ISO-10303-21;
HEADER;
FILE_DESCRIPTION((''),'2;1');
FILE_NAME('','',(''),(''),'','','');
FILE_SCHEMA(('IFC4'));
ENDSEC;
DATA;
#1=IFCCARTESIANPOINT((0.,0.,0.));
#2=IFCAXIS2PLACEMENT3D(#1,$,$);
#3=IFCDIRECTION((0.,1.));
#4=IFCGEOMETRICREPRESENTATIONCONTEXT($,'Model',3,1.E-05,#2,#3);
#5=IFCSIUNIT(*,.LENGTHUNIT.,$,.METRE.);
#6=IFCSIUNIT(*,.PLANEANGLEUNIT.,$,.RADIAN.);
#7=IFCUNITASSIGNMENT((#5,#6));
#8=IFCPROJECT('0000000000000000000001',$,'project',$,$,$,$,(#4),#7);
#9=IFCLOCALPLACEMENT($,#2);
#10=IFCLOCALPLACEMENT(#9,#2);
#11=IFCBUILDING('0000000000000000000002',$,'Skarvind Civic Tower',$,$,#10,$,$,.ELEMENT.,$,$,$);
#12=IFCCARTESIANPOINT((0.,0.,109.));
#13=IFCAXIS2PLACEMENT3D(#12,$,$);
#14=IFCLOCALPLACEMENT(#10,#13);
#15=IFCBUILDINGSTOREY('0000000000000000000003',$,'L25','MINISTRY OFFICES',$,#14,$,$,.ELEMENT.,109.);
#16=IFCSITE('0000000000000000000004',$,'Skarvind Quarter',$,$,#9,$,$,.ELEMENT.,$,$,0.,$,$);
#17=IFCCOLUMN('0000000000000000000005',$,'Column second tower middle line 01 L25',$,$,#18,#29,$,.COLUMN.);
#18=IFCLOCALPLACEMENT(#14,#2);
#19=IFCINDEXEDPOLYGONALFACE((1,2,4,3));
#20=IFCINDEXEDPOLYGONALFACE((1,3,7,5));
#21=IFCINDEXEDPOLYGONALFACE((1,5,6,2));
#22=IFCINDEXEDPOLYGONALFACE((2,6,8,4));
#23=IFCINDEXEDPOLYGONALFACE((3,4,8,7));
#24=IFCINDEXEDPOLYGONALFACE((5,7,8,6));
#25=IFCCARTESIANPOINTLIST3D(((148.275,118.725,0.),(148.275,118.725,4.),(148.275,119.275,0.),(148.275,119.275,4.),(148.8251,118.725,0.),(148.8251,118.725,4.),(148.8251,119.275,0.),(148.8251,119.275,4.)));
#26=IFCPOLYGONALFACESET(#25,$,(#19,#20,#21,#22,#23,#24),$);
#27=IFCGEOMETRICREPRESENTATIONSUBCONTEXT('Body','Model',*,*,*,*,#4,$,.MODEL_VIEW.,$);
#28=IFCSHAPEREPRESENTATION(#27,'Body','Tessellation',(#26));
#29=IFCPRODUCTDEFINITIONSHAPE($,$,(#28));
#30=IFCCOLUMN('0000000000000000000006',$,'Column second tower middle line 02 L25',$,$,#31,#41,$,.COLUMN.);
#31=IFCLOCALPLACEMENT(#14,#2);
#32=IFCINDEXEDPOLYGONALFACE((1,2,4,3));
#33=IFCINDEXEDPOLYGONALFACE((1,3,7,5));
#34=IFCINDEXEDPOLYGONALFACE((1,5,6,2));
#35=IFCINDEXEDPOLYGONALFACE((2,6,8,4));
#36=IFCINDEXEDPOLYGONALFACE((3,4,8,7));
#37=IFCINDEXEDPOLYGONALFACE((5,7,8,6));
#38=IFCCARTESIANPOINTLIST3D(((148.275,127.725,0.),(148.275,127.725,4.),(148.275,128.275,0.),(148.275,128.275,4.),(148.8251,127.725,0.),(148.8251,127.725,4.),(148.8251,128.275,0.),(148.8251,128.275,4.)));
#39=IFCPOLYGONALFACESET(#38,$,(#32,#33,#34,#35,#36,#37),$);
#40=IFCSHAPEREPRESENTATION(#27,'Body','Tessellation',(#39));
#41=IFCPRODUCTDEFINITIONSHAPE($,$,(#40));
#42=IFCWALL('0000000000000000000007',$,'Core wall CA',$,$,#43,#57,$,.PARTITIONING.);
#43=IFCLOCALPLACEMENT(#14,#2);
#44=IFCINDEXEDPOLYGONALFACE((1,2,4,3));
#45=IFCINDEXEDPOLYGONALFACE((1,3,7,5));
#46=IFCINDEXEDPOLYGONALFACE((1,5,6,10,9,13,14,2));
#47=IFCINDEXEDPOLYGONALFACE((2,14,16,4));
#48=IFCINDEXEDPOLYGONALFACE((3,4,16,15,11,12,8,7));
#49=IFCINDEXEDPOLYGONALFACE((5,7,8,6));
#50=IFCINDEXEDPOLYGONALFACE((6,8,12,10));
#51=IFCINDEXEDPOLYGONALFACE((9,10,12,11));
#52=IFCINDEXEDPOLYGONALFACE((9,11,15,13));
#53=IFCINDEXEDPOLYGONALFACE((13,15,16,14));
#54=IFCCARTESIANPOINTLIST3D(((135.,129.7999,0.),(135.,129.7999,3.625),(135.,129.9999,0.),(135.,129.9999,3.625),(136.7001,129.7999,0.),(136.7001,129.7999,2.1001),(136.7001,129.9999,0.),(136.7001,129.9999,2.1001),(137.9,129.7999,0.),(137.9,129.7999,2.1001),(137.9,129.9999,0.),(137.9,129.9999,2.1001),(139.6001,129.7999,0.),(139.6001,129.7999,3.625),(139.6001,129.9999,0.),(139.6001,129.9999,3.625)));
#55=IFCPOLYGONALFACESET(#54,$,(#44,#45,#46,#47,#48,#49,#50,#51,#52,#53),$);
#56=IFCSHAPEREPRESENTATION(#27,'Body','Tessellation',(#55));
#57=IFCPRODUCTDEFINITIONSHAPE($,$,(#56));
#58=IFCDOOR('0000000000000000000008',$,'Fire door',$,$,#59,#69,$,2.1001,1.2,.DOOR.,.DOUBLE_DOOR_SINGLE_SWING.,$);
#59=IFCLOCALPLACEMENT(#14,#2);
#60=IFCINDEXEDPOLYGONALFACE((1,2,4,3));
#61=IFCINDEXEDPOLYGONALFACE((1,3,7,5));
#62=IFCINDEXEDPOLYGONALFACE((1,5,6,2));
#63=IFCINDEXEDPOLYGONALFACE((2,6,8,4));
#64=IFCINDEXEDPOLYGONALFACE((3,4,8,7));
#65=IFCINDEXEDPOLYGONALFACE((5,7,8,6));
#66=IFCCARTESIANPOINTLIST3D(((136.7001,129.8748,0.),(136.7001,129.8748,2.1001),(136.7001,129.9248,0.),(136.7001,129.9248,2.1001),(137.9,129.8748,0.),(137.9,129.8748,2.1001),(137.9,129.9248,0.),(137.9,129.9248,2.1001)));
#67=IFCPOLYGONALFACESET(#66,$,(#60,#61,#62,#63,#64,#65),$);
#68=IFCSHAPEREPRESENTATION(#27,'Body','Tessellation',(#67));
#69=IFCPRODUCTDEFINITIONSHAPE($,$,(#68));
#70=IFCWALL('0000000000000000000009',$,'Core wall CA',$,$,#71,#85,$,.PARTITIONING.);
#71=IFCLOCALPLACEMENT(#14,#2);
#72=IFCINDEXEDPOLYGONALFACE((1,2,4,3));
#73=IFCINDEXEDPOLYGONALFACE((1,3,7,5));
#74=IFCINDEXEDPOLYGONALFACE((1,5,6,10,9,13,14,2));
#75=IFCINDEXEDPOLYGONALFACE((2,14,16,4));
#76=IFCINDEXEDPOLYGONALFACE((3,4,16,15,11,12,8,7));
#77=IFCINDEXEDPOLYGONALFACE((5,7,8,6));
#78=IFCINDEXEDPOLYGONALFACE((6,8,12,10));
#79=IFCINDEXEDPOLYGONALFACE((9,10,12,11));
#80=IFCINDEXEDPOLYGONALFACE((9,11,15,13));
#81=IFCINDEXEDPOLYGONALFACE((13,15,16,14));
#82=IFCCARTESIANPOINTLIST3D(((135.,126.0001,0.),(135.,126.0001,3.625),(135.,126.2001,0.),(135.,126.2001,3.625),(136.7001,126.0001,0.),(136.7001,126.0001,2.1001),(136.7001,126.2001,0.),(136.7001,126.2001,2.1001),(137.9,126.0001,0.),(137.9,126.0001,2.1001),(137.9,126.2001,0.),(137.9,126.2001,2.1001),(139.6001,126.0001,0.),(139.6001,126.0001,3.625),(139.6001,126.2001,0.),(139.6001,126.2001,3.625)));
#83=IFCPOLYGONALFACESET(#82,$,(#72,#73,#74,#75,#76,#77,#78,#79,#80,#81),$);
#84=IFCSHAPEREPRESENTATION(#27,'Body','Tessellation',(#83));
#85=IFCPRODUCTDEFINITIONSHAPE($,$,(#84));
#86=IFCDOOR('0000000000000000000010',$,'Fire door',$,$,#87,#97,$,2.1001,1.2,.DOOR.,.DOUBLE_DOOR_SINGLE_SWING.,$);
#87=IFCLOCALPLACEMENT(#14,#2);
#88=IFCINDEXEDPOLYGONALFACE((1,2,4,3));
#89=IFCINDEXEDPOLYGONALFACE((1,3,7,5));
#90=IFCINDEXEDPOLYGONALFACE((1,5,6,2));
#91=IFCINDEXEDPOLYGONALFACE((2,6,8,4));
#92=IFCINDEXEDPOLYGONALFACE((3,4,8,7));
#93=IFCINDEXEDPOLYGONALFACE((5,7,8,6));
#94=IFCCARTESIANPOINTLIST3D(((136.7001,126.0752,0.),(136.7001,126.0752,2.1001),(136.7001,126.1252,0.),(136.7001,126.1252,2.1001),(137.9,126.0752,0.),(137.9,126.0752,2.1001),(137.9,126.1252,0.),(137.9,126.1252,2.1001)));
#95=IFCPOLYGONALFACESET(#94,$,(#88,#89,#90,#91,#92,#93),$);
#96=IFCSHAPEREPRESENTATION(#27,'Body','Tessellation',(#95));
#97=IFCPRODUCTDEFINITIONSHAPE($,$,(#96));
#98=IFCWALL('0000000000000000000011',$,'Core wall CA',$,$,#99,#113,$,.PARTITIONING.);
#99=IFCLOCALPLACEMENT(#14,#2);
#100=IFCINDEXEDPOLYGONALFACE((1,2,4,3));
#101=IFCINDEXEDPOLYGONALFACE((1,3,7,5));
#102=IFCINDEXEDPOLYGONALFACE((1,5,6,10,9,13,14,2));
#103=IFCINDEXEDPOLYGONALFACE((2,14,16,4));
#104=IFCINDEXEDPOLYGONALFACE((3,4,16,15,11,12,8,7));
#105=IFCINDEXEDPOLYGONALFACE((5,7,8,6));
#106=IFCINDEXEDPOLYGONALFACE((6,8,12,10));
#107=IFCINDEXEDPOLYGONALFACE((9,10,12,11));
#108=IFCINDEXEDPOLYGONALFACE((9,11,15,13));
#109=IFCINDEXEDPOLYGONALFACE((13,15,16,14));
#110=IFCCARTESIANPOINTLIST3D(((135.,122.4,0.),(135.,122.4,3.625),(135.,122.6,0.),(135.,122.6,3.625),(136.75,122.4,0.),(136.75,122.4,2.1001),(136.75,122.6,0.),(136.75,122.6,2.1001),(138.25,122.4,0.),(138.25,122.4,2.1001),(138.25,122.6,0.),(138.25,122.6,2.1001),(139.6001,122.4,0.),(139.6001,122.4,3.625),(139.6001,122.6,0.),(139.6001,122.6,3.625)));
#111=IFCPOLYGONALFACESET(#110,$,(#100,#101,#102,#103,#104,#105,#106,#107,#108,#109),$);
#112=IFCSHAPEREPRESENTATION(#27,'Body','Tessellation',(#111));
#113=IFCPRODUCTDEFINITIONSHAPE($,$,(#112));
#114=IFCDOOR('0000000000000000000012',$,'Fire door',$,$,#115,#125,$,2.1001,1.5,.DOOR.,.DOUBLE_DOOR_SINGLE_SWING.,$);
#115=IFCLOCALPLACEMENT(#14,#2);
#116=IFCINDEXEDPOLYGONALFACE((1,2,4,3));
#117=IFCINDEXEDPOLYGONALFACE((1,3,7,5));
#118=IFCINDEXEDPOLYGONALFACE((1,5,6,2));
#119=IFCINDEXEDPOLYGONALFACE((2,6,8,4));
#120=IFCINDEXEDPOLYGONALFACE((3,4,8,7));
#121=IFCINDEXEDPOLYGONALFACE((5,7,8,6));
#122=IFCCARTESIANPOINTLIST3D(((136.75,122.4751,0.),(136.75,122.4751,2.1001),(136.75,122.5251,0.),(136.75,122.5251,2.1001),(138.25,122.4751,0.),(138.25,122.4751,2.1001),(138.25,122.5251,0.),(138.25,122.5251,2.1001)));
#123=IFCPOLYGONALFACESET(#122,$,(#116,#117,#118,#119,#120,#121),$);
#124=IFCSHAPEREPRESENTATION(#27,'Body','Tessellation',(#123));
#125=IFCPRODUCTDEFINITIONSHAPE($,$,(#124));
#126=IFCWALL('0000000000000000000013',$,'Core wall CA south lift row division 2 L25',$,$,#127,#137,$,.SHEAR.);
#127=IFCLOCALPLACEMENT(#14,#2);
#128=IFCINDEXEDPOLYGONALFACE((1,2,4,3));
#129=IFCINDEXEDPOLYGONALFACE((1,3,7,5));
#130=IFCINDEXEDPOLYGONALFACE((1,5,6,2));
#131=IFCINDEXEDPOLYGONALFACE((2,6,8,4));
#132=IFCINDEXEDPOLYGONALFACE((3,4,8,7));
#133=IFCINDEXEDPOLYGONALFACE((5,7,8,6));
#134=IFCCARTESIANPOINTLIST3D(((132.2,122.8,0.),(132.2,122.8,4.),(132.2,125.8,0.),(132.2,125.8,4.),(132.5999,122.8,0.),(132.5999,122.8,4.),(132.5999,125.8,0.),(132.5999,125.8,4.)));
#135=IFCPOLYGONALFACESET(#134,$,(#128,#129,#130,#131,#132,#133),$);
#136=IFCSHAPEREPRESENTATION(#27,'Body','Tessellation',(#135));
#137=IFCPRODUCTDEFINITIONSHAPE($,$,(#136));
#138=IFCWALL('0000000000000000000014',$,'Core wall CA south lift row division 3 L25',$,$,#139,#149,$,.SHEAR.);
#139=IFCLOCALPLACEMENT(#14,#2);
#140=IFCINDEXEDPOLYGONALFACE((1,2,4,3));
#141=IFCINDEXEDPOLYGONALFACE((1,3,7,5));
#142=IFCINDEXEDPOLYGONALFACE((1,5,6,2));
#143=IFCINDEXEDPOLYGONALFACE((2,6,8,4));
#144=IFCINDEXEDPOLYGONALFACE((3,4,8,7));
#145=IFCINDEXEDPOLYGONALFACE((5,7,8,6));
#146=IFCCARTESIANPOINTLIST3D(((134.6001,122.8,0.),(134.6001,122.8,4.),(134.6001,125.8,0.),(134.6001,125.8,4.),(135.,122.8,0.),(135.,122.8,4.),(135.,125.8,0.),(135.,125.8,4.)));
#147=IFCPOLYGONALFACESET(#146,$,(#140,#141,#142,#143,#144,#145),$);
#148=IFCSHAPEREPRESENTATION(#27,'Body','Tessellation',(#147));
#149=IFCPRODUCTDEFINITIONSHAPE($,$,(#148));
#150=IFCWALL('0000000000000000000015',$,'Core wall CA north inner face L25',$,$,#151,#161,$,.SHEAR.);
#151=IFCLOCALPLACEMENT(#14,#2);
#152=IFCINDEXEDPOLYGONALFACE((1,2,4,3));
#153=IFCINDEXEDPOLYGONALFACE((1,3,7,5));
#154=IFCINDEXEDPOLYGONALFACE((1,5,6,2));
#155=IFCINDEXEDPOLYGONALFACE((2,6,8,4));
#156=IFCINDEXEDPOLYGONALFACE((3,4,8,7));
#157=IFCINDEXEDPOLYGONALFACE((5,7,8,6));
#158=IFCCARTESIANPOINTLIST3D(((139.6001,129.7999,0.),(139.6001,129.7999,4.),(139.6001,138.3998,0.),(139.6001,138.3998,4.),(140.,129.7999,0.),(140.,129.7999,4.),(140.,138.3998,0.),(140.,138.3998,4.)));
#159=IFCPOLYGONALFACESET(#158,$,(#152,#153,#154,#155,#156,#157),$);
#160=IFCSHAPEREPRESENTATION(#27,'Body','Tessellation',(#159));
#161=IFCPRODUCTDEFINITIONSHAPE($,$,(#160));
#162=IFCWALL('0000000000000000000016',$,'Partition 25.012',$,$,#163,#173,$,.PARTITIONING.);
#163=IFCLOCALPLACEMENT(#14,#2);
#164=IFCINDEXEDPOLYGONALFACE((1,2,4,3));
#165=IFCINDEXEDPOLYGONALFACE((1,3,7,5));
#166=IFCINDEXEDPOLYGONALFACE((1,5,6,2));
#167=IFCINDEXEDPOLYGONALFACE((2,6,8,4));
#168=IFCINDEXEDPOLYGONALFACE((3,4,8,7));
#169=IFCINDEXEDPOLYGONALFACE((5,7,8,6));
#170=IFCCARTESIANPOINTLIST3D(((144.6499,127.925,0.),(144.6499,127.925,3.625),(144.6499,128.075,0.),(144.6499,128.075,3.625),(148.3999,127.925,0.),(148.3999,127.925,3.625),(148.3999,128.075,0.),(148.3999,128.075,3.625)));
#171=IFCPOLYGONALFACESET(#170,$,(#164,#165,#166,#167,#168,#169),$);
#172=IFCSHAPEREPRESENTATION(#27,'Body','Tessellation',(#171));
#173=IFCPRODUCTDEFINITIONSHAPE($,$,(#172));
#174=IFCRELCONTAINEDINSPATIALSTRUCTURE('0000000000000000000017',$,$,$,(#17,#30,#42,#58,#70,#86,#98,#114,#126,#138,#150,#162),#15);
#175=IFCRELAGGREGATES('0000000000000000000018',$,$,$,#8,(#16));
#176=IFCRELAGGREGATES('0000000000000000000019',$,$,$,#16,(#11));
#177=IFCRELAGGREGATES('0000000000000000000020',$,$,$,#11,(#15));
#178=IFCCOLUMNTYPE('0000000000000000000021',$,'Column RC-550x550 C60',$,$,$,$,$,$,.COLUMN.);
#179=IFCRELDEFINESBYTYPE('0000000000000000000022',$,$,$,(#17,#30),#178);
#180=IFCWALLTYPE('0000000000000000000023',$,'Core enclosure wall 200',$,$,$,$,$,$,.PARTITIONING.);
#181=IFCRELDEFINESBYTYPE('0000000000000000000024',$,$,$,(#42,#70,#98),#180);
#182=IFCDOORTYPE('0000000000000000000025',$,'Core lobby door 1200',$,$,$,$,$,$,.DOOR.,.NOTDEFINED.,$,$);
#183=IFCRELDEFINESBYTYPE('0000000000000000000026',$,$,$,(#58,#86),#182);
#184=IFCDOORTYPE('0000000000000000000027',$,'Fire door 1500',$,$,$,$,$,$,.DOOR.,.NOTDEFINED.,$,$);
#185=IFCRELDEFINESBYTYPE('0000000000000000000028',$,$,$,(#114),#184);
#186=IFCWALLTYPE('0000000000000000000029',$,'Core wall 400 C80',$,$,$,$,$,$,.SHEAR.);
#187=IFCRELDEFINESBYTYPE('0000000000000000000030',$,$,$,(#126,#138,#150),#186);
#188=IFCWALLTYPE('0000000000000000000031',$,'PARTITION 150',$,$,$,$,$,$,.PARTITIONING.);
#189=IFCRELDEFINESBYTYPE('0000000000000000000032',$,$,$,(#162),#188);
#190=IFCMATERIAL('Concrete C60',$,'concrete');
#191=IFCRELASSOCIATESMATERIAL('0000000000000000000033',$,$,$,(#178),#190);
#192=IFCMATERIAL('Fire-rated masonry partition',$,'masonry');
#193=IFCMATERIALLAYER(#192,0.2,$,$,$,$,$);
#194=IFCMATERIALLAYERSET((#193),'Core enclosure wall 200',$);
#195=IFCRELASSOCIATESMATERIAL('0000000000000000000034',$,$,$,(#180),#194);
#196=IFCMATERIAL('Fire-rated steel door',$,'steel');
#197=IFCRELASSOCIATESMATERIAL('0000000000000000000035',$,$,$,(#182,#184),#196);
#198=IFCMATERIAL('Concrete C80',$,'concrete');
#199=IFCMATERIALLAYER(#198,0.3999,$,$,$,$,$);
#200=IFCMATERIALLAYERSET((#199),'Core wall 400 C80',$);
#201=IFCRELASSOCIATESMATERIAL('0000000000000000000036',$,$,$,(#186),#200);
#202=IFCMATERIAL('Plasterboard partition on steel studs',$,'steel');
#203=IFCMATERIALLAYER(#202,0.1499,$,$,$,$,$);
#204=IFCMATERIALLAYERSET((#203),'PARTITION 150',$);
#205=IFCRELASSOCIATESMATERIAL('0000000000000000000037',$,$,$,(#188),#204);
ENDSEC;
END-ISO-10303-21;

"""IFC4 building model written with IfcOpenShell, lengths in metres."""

from ifc_helpers import new_model, si_unit, direction, frame, frame_2d, origin, origin_2d, place, context, subcontext, project, spatial, rectangle, extrude, material, layer, layer_set, material_profile, profile_set, type_object, element, fill, save


model = new_model("IFC4")

# Units and contexts
model_context = context("Model", 3, precision=1e-05, world=origin(), true_north=direction((0.0, 1.0)))
body_context = subcontext(model_context, "Body", "Model", "MODEL_VIEW")
ifc_project = project(units=[si_unit("LENGTHUNIT", "METRE"), si_unit("PLANEANGLEUNIT", "RADIAN")], contexts=[model_context])

# Site, building, storey
site_placement = place(None, origin())
site = spatial("IfcSite", under=ifc_project, at=site_placement, Name="Skarvind Quarter", CompositionType="ELEMENT", RefElevation=0.0)
building_placement = place(site_placement, origin())
building = spatial("IfcBuilding", under=site, at=building_placement, Name="Skarvind Civic Tower", CompositionType="ELEMENT")
storey_placement = place(building_placement, frame((0.0, 0.0, 109.0)))
storey = spatial("IfcBuildingStorey", under=building, at=storey_placement, Name="L25", Description="MINISTRY OFFICES", CompositionType="ELEMENT", Elevation=109.0)

# Columns
ifc_material_1 = material(Name="Concrete C60", Category="concrete")
ifc_material_profile = material_profile(ifc_material_1, rectangle(XDim=0.55, YDim=0.55, at=origin_2d()), Name="RC-550x550")
ifc_profile_set = profile_set([ifc_material_profile], Name="Concrete C60")
column_type = type_object("IfcColumnType", Name="Column RC-550x550 C60", PredefinedType="COLUMN", material=ifc_profile_set)
for number, where, z_axis, x_axis, name in (
    (1, (148.55, 119.0, 0.0), (0.0, 0.0, 1.0), (1.0, 0.0, 0.0), "Column second tower middle line 01 L25"),
    (2, (148.55, 128.0, 0.0), (0.0, 0.0, 1.0), (1.0, 0.0, 0.0), "Column second tower middle line 02 L25"),
):
    element("IfcColumn", number, at=place(storey_placement, frame(where, z_axis=z_axis, x_axis=x_axis)), inside=storey, type_object=column_type, Name=name, PredefinedType="COLUMN", context=body_context, shape_type="SweptSolid", body=[
        extrude(rectangle(XDim=0.55, YDim=0.55, at=origin_2d()), origin(), (0.0, 0.0, 1.0), 4.0),
    ])

# Walls, openings, doors
ifc_material_2 = material(Name="Fire-rated masonry partition", Category="masonry")
ifc_layer_1 = layer(ifc_material_2, 0.2)
ifc_layer_set_1 = layer_set([ifc_layer_1], Name="Core enclosure wall 200")
wall_type_1 = type_object("IfcWallType", Name="Core enclosure wall 200", PredefinedType="PARTITIONING", material=ifc_layer_set_1)
wall_1_placement = place(storey_placement, frame((135.0, 129.8999, 0.0), z_axis=(0.0, 0.0, 1.0), x_axis=(1.0, 0.0, 0.0)))
wall_1 = element("IfcWall", 3, at=wall_1_placement, inside=storey, type_object=wall_type_1, Name="Core wall CA", PredefinedType="PARTITIONING", context=body_context, shape_type="SweptSolid", body=[
    extrude(rectangle(XDim=4.6001, YDim=0.2, at=frame_2d((2.3, 0.0))), origin(), (0.0, 0.0, 1.0), 3.625),
])
opening_1_placement = place(wall_1_placement, frame((1.7, 0.0, 0.0)))
opening_1 = element("IfcOpeningElement", 4, at=opening_1_placement, cuts=wall_1, PredefinedType="OPENING", context=body_context, shape_type="SweptSolid", body=[
    extrude(rectangle(XDim=1.2, YDim=2.1001, at=frame_2d((0.6001, 1.05))), frame((0.0, 0.1099, 0.0), z_axis=(0.0, -1.0, 0.0), x_axis=(1.0, 0.0, 0.0)), (0.0, 0.0, 1.0), 0.22),
])
ifc_material_3 = material(Name="Fire-rated steel door", Category="steel")
door_type_1 = type_object("IfcDoorType", Name="Core lobby door 1200", OperationType="NOTDEFINED", PredefinedType="DOOR", material=ifc_material_3)
door_1_placement = place(opening_1_placement, origin())
door_1 = element("IfcDoor", 5, at=door_1_placement, inside=storey, type_object=door_type_1, Name="Fire door", OperationType="DOUBLE_DOOR_SINGLE_SWING", OverallHeight=2.1001, OverallWidth=1.2, PredefinedType="DOOR", context=body_context, shape_type="SweptSolid", body=[
    extrude(rectangle(XDim=1.2, YDim=2.1001, at=frame_2d((0.6001, 1.05))), frame((0.0, 0.0249, 0.0), z_axis=(0.0, -1.0, 0.0), x_axis=(1.0, 0.0, 0.0)), (0.0, 0.0, 1.0), 0.05),
])
fill(opening_1, door_1)
wall_2_placement = place(storey_placement, frame((139.6001, 126.1001, 0.0), z_axis=(0.0, 0.0, 1.0), x_axis=(-1.0, 0.0, 0.0)))
wall_2 = element("IfcWall", 6, at=wall_2_placement, inside=storey, type_object=wall_type_1, Name="Core wall CA", PredefinedType="PARTITIONING", context=body_context, shape_type="SweptSolid", body=[
    extrude(rectangle(XDim=4.6001, YDim=0.2, at=frame_2d((2.3, 0.0))), origin(), (0.0, 0.0, 1.0), 3.625),
])
opening_2_placement = place(wall_2_placement, frame((1.7, 0.0, 0.0)))
opening_2 = element("IfcOpeningElement", 7, at=opening_2_placement, cuts=wall_2, PredefinedType="OPENING", context=body_context, shape_type="SweptSolid", body=[
    extrude(rectangle(XDim=1.2, YDim=2.1001, at=frame_2d((0.6001, 1.05))), frame((0.0, 0.1099, 0.0), z_axis=(0.0, -1.0, 0.0), x_axis=(1.0, 0.0, 0.0)), (0.0, 0.0, 1.0), 0.22),
])
door_2_placement = place(opening_2_placement, origin())
door_2 = element("IfcDoor", 8, at=door_2_placement, inside=storey, type_object=door_type_1, Name="Fire door", OperationType="DOUBLE_DOOR_SINGLE_SWING", OverallHeight=2.1001, OverallWidth=1.2, PredefinedType="DOOR", context=body_context, shape_type="SweptSolid", body=[
    extrude(rectangle(XDim=1.2, YDim=2.1001, at=frame_2d((0.6001, 1.05))), frame((0.0, 0.0249, 0.0), z_axis=(0.0, -1.0, 0.0), x_axis=(1.0, 0.0, 0.0)), (0.0, 0.0, 1.0), 0.05),
])
fill(opening_2, door_2)
wall_3_placement = place(storey_placement, frame((139.6001, 122.5, 0.0), z_axis=(0.0, 0.0, 1.0), x_axis=(-1.0, 0.0, 0.0)))
wall_3 = element("IfcWall", 9, at=wall_3_placement, inside=storey, type_object=wall_type_1, Name="Core wall CA", PredefinedType="PARTITIONING", context=body_context, shape_type="SweptSolid", body=[
    extrude(rectangle(XDim=4.6001, YDim=0.2, at=frame_2d((2.3, 0.0))), origin(), (0.0, 0.0, 1.0), 3.625),
])
opening_3_placement = place(wall_3_placement, frame((1.3501, 0.0, 0.0)))
opening_3 = element("IfcOpeningElement", 10, at=opening_3_placement, cuts=wall_3, PredefinedType="OPENING", context=body_context, shape_type="SweptSolid", body=[
    extrude(rectangle(XDim=1.5, YDim=2.1001, at=frame_2d((0.75, 1.05))), frame((0.0, 0.1099, 0.0), z_axis=(0.0, -1.0, 0.0), x_axis=(1.0, 0.0, 0.0)), (0.0, 0.0, 1.0), 0.22),
])
door_type_2 = type_object("IfcDoorType", Name="Fire door 1500", OperationType="NOTDEFINED", PredefinedType="DOOR", material=ifc_material_3)
door_3_placement = place(opening_3_placement, origin())
door_3 = element("IfcDoor", 11, at=door_3_placement, inside=storey, type_object=door_type_2, Name="Fire door", OperationType="DOUBLE_DOOR_SINGLE_SWING", OverallHeight=2.1001, OverallWidth=1.5, PredefinedType="DOOR", context=body_context, shape_type="SweptSolid", body=[
    extrude(rectangle(XDim=1.5, YDim=2.1001, at=frame_2d((0.75, 1.05))), frame((0.0, 0.0249, 0.0), z_axis=(0.0, -1.0, 0.0), x_axis=(1.0, 0.0, 0.0)), (0.0, 0.0, 1.0), 0.05),
])
fill(opening_3, door_3)

# Walls
ifc_material_4 = material(Name="Concrete C80", Category="concrete")
ifc_layer_2 = layer(ifc_material_4, 0.3999)
ifc_layer_set_2 = layer_set([ifc_layer_2], Name="Core wall 400 C80")
wall_type_2 = type_object("IfcWallType", Name="Core wall 400 C80", PredefinedType="SHEAR", material=ifc_layer_set_2)
for number, where, z_axis, x_axis, name in (
    (12, (132.3999, 122.8, 0.0), (0.0, 0.0, 1.0), (0.0, 1.0, 0.0), "Core wall CA south lift row division 2 L25"),
    (13, (134.8, 122.8, 0.0), (0.0, 0.0, 1.0), (0.0, 1.0, 0.0), "Core wall CA south lift row division 3 L25"),
):
    element("IfcWall", number, at=place(storey_placement, frame(where, z_axis=z_axis, x_axis=x_axis)), inside=storey, type_object=wall_type_2, Name=name, PredefinedType="SHEAR", context=body_context, shape_type="SweptSolid", body=[
        extrude(rectangle(XDim=3.0, YDim=0.3999, at=frame_2d((1.5, 0.0))), origin(), (0.0, 0.0, 1.0), 4.0),
    ])
wall_4_placement = place(storey_placement, frame((139.8, 129.8, 0.0), z_axis=(0.0, 0.0, 1.0), x_axis=(0.0, 1.0, 0.0)))
element("IfcWall", 14, at=wall_4_placement, inside=storey, type_object=wall_type_2, Name="Core wall CA north inner face L25", PredefinedType="SHEAR", context=body_context, shape_type="SweptSolid", body=[
    extrude(rectangle(XDim=8.5999, YDim=0.3999, at=frame_2d((4.2998, 0.0))), origin(), (0.0, 0.0, 1.0), 4.0),
])
ifc_material_5 = material(Name="Plasterboard partition on steel studs", Category="steel")
ifc_layer_3 = layer(ifc_material_5, 0.1499)
ifc_layer_set_3 = layer_set([ifc_layer_3], Name="PARTITION 150")
wall_type_3 = type_object("IfcWallType", Name="PARTITION 150", PredefinedType="PARTITIONING", material=ifc_layer_set_3)
wall_5_placement = place(storey_placement, frame((144.6499, 128.0, 0.0), z_axis=(0.0, 0.0, 1.0), x_axis=(1.0, 0.0, 0.0)))
element("IfcWall", 15, at=wall_5_placement, inside=storey, type_object=wall_type_3, Name="Partition 25.012", PredefinedType="PARTITIONING", context=body_context, shape_type="SweptSolid", body=[
    extrude(rectangle(XDim=3.75, YDim=0.1499, at=frame_2d((1.875, 0.0))), origin(), (0.0, 0.0, 1.0), 3.625),
])

save(model, "model.ifc")
